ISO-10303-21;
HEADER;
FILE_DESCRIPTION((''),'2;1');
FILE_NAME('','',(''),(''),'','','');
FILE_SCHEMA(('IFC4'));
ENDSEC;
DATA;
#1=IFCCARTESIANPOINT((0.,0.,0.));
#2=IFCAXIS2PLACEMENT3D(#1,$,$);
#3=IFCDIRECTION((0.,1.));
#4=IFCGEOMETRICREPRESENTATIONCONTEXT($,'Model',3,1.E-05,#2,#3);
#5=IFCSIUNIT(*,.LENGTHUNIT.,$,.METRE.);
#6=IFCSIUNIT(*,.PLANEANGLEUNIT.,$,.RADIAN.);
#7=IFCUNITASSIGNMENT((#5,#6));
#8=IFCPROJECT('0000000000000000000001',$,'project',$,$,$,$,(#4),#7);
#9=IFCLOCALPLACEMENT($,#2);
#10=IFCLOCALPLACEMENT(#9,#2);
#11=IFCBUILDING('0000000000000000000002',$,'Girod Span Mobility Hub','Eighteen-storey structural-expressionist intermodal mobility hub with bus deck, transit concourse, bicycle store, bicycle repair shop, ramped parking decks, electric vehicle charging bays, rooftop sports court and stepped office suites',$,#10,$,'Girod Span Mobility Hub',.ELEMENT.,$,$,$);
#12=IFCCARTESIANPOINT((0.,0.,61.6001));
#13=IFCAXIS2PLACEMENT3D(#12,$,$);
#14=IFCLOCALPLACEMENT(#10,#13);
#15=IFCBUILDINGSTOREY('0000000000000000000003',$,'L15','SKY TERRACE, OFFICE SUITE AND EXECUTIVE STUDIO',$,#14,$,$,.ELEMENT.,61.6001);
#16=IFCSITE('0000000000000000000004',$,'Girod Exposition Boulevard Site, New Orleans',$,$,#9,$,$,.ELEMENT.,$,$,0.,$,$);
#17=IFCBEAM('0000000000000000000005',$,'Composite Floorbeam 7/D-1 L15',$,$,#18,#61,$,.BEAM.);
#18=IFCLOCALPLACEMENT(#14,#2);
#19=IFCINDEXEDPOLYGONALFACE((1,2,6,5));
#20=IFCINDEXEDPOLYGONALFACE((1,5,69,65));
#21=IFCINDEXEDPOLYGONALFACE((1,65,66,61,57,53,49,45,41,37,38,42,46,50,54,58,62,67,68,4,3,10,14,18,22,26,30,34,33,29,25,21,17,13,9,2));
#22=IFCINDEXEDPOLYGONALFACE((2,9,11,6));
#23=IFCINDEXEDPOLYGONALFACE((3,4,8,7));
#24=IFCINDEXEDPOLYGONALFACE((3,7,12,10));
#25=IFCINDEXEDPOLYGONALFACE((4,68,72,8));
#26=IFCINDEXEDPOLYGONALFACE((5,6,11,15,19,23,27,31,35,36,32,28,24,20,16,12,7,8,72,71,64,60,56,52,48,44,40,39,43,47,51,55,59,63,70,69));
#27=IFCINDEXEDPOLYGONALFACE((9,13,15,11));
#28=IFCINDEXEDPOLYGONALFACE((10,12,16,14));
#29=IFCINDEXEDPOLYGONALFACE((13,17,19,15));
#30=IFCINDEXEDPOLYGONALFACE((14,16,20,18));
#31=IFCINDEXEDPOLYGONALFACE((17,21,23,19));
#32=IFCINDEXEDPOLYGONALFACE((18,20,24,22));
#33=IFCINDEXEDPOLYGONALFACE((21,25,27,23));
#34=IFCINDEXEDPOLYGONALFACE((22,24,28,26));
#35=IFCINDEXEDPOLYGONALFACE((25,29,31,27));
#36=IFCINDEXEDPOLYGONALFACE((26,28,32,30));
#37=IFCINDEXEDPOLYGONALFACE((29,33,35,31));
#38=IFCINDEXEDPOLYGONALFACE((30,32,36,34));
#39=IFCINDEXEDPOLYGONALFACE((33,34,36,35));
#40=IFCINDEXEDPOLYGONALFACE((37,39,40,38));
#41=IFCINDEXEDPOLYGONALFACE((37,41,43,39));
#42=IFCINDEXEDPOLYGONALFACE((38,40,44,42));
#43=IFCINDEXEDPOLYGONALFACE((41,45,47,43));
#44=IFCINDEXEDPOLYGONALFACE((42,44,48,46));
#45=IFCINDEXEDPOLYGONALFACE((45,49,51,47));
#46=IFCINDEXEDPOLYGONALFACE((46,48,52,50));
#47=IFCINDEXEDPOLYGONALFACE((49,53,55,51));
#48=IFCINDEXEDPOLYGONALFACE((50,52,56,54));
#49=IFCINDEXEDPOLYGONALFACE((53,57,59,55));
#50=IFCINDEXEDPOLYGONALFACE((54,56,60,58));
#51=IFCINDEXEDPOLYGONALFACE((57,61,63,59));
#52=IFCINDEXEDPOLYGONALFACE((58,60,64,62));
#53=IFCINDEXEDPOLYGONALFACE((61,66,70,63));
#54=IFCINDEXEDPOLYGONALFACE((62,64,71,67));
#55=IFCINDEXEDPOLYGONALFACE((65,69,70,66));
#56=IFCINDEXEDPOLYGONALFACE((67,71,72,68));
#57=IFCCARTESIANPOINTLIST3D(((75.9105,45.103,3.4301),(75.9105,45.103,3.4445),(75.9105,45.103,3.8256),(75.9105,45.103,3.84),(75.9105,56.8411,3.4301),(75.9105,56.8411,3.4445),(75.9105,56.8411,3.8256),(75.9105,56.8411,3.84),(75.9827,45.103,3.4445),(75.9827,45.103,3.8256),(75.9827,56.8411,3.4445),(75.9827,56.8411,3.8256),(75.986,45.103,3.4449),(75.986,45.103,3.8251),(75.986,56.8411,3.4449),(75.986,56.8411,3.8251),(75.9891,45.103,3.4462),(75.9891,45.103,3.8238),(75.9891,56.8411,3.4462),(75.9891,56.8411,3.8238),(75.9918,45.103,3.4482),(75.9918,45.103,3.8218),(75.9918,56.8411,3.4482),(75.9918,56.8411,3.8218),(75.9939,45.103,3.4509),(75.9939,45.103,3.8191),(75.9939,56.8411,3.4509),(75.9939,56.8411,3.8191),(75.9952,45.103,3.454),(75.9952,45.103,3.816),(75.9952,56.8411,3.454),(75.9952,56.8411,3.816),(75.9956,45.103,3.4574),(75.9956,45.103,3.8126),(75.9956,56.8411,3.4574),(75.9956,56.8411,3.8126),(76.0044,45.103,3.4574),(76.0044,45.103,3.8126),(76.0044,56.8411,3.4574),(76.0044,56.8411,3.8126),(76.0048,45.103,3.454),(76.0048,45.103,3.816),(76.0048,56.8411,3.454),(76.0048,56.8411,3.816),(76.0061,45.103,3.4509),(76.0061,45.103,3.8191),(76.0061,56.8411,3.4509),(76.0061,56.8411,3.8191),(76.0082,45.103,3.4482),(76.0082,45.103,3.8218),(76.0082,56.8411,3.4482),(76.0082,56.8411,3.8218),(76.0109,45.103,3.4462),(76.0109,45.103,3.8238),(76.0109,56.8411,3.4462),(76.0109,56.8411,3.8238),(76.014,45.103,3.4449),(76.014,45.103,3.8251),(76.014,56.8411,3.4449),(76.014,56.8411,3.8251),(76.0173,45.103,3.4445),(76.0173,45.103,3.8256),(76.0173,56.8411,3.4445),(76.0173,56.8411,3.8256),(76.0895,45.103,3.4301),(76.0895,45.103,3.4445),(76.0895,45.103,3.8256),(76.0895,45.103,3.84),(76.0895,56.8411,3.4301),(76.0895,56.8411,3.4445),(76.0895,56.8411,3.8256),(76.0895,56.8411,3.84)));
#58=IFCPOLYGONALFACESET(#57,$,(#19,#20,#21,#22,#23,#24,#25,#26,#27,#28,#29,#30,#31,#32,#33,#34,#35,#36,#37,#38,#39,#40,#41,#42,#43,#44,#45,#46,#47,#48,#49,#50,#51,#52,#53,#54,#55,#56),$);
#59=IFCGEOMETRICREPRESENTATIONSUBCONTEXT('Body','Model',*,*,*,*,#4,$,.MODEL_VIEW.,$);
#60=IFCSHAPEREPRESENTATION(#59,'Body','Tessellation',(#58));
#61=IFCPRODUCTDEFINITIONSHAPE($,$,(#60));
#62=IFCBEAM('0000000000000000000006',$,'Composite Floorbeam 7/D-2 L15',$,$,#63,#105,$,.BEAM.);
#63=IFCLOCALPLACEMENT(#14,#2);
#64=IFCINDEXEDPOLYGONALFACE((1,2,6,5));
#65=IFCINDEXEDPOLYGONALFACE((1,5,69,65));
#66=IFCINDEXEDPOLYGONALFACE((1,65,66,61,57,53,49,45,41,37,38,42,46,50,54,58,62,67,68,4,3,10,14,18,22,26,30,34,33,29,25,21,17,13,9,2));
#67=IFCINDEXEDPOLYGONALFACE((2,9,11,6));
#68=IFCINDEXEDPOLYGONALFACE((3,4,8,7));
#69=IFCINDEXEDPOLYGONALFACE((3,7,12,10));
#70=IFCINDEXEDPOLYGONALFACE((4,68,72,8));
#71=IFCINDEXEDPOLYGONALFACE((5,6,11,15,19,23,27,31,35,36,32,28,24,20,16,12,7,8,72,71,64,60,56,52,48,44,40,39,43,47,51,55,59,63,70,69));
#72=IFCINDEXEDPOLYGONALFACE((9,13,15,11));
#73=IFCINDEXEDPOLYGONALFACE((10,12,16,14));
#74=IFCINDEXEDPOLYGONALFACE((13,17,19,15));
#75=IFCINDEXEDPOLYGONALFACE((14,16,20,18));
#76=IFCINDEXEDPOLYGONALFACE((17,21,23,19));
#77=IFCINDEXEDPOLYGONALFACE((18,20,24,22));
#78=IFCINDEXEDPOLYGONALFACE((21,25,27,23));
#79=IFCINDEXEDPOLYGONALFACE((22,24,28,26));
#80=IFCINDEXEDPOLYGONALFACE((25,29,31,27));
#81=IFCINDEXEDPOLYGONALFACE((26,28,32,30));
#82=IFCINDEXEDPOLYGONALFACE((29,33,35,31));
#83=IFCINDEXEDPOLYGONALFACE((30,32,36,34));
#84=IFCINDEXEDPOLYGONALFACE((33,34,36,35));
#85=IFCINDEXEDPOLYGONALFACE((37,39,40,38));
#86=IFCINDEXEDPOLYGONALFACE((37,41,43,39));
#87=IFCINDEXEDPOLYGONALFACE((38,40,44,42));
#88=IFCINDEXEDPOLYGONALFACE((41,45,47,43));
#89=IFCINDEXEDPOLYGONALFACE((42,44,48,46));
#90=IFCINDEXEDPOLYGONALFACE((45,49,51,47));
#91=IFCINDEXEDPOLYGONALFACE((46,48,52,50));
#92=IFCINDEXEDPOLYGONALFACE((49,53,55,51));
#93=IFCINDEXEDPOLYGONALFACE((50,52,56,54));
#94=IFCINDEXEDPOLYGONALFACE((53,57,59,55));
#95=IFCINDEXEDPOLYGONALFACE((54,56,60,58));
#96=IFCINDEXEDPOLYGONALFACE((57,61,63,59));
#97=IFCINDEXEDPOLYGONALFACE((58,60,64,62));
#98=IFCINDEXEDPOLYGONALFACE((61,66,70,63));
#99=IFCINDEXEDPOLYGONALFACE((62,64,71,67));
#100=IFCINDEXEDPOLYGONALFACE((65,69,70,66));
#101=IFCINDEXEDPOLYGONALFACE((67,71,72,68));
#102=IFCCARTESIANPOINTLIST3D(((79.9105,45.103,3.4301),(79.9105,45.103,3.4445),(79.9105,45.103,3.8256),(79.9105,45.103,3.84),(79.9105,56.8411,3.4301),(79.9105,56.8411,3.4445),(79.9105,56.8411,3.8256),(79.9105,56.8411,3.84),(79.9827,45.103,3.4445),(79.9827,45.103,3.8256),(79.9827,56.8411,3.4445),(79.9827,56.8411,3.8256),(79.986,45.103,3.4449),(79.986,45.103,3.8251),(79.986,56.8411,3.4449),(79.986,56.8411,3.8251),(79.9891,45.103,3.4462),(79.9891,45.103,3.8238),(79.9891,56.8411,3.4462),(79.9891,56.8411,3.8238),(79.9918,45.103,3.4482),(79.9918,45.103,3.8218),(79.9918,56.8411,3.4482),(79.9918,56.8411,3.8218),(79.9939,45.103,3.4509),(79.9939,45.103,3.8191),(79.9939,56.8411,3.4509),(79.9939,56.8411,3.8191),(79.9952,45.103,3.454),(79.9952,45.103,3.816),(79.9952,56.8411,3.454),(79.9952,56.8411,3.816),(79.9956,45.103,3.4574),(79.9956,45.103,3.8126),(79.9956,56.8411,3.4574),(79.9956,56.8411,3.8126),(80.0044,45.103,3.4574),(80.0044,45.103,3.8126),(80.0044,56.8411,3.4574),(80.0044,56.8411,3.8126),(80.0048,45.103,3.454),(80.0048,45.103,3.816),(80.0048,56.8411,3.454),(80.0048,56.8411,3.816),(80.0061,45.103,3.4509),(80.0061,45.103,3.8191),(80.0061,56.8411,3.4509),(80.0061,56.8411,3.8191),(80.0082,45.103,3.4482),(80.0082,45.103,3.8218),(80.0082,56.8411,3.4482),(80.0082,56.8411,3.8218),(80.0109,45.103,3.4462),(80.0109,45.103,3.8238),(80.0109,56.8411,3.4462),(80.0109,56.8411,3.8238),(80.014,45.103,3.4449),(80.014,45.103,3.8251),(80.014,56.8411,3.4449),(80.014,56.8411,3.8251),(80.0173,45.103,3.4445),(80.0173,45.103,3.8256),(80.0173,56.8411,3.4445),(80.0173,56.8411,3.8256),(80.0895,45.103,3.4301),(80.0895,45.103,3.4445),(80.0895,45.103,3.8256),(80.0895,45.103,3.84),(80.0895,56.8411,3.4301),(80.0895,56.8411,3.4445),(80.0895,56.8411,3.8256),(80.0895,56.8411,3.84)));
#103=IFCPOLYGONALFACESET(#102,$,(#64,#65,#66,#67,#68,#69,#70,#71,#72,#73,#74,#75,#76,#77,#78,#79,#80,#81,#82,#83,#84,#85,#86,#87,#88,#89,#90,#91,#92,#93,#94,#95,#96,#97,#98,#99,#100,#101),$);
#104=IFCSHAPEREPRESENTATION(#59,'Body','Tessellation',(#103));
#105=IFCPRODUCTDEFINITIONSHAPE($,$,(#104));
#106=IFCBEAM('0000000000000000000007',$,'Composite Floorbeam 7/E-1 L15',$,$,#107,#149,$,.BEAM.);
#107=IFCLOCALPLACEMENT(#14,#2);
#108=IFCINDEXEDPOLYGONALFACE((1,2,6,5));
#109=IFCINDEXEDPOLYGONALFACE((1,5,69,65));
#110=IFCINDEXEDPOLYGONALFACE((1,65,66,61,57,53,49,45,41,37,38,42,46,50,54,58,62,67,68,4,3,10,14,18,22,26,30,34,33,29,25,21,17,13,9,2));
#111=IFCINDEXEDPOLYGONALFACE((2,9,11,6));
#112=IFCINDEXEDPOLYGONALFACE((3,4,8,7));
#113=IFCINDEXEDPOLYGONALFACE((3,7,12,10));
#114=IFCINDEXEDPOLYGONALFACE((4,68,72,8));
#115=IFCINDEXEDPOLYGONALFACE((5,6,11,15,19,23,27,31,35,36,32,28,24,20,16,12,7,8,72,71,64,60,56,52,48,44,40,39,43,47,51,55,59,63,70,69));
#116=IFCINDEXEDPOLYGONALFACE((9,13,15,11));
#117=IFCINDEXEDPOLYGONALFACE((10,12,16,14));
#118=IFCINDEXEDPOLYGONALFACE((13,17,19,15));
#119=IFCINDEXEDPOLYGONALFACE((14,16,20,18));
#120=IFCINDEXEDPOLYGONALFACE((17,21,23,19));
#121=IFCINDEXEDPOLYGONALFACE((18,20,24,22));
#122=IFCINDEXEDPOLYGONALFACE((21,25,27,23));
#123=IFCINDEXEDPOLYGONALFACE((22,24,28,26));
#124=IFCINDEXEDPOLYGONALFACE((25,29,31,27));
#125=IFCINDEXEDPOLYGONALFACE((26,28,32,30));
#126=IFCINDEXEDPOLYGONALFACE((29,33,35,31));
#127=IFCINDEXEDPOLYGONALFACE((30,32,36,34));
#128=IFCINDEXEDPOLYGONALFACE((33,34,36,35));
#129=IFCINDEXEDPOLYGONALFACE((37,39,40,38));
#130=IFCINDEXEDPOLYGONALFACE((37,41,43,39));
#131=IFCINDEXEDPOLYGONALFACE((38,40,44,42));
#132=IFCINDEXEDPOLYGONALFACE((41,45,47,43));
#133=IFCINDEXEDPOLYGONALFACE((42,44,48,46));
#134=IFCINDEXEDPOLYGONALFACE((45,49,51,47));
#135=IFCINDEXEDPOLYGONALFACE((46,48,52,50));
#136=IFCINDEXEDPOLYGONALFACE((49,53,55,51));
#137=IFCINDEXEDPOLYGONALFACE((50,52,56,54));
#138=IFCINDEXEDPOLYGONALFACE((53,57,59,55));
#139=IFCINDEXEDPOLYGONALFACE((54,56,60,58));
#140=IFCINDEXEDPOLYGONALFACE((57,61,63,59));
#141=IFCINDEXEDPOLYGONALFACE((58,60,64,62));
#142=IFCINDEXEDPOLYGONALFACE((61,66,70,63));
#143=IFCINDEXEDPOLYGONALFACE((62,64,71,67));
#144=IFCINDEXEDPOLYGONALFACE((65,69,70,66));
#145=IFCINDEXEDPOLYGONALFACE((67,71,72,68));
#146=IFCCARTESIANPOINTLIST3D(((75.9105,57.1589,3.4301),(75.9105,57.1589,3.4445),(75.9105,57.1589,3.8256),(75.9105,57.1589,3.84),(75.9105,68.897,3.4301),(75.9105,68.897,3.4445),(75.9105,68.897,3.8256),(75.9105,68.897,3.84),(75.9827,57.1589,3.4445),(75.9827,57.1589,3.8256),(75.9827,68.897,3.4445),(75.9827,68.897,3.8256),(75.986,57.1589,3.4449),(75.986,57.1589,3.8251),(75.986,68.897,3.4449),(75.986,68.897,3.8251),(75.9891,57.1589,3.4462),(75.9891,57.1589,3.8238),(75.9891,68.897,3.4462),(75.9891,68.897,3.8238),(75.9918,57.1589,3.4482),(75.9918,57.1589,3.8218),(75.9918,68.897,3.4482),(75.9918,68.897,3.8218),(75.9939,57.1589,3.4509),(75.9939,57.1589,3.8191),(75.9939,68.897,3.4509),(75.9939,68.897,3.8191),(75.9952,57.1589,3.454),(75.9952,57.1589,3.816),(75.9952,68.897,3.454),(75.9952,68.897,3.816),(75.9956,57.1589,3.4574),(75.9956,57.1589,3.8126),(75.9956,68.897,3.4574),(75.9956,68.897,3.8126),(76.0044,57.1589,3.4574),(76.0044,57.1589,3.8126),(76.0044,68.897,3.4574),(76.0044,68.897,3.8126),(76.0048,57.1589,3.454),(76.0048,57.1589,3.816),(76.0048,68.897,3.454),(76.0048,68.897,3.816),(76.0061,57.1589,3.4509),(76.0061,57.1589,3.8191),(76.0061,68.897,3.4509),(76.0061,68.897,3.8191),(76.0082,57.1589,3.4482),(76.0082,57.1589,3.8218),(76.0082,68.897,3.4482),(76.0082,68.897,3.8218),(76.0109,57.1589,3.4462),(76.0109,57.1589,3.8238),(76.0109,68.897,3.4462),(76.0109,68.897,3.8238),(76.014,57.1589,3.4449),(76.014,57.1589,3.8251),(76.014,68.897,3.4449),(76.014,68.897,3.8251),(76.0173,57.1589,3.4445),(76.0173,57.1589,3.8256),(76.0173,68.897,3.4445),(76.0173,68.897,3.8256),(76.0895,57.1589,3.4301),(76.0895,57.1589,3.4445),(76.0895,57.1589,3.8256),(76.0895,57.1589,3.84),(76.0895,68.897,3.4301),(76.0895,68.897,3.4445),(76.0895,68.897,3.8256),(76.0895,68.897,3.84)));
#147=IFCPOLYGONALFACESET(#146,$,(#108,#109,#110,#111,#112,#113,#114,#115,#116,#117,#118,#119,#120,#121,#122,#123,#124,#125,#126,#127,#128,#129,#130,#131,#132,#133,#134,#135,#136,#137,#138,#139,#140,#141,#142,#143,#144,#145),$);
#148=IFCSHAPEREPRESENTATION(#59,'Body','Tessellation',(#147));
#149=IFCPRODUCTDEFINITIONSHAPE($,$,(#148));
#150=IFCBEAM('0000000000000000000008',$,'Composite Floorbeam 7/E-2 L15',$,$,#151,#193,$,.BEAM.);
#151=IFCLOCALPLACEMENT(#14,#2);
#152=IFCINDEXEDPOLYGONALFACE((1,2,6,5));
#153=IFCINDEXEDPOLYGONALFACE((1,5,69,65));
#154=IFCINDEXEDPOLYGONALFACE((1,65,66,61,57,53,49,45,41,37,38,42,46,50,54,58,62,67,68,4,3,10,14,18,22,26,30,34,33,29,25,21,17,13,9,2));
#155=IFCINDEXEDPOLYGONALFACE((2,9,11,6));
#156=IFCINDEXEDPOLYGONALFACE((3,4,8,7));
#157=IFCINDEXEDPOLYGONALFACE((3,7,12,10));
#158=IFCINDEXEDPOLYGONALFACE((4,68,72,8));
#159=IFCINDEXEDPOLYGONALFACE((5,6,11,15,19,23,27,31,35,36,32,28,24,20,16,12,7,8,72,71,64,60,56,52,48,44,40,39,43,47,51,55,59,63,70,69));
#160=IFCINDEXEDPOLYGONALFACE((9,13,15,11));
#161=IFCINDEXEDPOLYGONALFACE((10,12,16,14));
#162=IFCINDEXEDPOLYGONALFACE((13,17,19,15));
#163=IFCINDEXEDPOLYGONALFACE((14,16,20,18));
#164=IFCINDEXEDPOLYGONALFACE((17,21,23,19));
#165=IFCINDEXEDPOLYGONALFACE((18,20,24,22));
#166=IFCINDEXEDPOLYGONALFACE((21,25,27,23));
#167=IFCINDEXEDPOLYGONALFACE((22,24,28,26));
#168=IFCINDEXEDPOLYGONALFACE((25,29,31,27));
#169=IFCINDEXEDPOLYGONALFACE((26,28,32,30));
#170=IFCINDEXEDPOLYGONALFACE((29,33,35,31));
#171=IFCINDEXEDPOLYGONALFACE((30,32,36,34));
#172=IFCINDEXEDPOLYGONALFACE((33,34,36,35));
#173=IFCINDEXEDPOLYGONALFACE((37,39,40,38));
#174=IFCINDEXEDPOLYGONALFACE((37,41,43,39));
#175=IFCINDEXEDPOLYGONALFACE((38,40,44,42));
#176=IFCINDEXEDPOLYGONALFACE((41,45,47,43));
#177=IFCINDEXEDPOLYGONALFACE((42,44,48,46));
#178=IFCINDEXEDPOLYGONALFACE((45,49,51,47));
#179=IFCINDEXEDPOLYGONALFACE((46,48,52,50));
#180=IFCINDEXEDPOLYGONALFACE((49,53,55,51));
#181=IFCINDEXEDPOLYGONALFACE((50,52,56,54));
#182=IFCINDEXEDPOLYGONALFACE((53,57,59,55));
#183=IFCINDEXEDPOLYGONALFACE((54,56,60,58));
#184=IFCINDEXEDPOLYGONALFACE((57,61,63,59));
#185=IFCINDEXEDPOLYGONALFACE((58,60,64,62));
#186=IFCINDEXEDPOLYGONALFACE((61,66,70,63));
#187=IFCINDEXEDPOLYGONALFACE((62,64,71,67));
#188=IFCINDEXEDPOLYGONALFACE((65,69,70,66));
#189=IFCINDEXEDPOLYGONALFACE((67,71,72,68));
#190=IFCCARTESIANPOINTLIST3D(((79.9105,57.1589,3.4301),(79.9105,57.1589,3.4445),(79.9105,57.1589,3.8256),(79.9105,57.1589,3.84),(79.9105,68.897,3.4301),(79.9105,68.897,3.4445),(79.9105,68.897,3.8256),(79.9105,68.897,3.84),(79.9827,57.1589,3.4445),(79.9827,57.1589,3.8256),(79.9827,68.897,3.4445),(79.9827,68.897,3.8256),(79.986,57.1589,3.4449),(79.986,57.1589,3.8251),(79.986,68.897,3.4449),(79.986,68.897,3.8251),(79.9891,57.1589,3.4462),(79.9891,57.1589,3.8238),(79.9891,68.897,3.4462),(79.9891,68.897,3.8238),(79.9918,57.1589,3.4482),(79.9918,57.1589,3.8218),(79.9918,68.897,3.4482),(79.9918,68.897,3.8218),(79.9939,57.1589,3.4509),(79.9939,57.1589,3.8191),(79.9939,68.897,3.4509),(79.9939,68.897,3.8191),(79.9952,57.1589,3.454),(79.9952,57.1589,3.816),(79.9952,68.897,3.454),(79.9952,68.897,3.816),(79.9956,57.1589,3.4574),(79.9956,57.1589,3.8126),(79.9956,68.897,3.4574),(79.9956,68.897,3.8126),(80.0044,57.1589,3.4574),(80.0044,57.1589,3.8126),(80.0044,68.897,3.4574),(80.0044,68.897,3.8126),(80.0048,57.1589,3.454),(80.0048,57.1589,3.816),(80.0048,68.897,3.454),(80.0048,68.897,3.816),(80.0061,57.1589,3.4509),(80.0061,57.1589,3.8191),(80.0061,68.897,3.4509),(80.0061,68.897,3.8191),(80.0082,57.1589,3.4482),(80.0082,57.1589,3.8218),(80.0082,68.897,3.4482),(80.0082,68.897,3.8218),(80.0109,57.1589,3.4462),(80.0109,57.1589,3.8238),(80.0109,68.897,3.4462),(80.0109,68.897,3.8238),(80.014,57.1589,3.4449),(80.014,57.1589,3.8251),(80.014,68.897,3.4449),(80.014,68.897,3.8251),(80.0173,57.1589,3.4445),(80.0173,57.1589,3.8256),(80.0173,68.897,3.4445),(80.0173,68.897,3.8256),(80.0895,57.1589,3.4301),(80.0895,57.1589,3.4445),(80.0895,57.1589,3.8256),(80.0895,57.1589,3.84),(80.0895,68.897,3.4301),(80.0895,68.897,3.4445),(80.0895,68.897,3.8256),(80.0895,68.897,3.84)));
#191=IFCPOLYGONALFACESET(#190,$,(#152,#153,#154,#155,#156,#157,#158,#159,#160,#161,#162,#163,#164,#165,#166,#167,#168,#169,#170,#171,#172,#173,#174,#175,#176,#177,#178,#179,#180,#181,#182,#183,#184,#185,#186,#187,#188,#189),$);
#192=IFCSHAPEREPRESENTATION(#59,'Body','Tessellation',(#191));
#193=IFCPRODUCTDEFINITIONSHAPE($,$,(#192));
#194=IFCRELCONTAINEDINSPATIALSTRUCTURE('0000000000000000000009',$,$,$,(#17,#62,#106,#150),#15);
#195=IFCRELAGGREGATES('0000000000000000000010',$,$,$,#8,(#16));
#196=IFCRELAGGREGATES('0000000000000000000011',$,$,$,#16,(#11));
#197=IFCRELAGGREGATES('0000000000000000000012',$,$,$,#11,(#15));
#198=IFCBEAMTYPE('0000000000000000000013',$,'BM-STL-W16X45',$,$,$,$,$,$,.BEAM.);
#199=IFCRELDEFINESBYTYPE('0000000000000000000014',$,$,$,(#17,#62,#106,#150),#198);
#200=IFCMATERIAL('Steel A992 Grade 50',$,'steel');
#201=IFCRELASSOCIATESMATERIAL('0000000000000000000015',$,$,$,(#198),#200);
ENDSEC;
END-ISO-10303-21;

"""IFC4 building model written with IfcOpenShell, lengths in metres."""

from ifc_helpers import new_model, si_unit, direction, frame, origin, origin_2d, place, context, subcontext, project, spatial, i_section, extrude, material, material_profile, profile_set, type_object, element, save


model = new_model("IFC4")

# Units and contexts
model_context = context("Model", 3, precision=1e-05, world=origin(), true_north=direction((0.0, 1.0)))
body_context = subcontext(model_context, "Body", "Model", "MODEL_VIEW")
ifc_project = project(units=[si_unit("LENGTHUNIT", "METRE"), si_unit("PLANEANGLEUNIT", "RADIAN")], contexts=[model_context])

# Site, building, storey
site_placement = place(None, origin())
site = spatial("IfcSite", under=ifc_project, at=site_placement, Name="Girod Exposition Boulevard Site, New Orleans", CompositionType="ELEMENT", RefElevation=0.0)
building_placement = place(site_placement, origin())
building = spatial("IfcBuilding", under=site, at=building_placement, Name="Girod Span Mobility Hub", Description="Eighteen-storey structural-expressionist intermodal mobility hub with bus deck, transit concourse, bicycle store, bicycle repair shop, ramped parking decks, electric vehicle charging bays, rooftop sports court and stepped office suites", LongName="Girod Span Mobility Hub", CompositionType="ELEMENT")
storey_placement = place(building_placement, frame((0.0, 0.0, 61.6001)))
storey = spatial("IfcBuildingStorey", under=building, at=storey_placement, Name="L15", Description="SKY TERRACE, OFFICE SUITE AND EXECUTIVE STUDIO", CompositionType="ELEMENT", Elevation=61.6001)

# Beams
ifc_material_1 = material(Name="Steel A992 Grade 50", Category="steel")
ifc_material_profile_1 = material_profile(ifc_material_1, i_section(OverallWidth=0.179, OverallDepth=0.4099, WebThickness=0.0088, FlangeThickness=0.0144, FilletRadius=0.0129, at=origin_2d()), Name="W16X45")
ifc_profile_set_1 = profile_set([ifc_material_profile_1], Name="Steel A992 Grade 50")
beam_type_1 = type_object("IfcBeamType", Name="BM-STL-W16X45", PredefinedType="BEAM", material=ifc_profile_set_1)
for number, where, z_axis, x_axis, name in (
    (1, (76.0, 45.103, 3.635), (0.0, 1.0, 0.0), (-1.0, 0.0, 0.0), "Composite Floorbeam 7/D-1 L15"),
    (2, (80.0, 45.103, 3.635), (0.0, 1.0, 0.0), (-1.0, 0.0, 0.0), "Composite Floorbeam 7/D-2 L15"),
    (3, (76.0, 57.1589, 3.635), (0.0, 1.0, 0.0), (-1.0, 0.0, 0.0), "Composite Floorbeam 7/E-1 L15"),
    (4, (80.0, 57.1589, 3.635), (0.0, 1.0, 0.0), (-1.0, 0.0, 0.0), "Composite Floorbeam 7/E-2 L15"),
):
    element("IfcBeam", number, at=place(storey_placement, frame(where, z_axis=z_axis, x_axis=x_axis)), inside=storey, type_object=beam_type_1, Name=name, PredefinedType="BEAM", context=body_context, shape_type="SweptSolid", body=[
        extrude(i_section(OverallWidth=0.179, OverallDepth=0.4099, WebThickness=0.0088, FlangeThickness=0.0144, FilletRadius=0.0129, at=origin_2d()), origin(), (0.0, 0.0, 1.0), 11.738),
    ])

save(model, "model.ifc")
